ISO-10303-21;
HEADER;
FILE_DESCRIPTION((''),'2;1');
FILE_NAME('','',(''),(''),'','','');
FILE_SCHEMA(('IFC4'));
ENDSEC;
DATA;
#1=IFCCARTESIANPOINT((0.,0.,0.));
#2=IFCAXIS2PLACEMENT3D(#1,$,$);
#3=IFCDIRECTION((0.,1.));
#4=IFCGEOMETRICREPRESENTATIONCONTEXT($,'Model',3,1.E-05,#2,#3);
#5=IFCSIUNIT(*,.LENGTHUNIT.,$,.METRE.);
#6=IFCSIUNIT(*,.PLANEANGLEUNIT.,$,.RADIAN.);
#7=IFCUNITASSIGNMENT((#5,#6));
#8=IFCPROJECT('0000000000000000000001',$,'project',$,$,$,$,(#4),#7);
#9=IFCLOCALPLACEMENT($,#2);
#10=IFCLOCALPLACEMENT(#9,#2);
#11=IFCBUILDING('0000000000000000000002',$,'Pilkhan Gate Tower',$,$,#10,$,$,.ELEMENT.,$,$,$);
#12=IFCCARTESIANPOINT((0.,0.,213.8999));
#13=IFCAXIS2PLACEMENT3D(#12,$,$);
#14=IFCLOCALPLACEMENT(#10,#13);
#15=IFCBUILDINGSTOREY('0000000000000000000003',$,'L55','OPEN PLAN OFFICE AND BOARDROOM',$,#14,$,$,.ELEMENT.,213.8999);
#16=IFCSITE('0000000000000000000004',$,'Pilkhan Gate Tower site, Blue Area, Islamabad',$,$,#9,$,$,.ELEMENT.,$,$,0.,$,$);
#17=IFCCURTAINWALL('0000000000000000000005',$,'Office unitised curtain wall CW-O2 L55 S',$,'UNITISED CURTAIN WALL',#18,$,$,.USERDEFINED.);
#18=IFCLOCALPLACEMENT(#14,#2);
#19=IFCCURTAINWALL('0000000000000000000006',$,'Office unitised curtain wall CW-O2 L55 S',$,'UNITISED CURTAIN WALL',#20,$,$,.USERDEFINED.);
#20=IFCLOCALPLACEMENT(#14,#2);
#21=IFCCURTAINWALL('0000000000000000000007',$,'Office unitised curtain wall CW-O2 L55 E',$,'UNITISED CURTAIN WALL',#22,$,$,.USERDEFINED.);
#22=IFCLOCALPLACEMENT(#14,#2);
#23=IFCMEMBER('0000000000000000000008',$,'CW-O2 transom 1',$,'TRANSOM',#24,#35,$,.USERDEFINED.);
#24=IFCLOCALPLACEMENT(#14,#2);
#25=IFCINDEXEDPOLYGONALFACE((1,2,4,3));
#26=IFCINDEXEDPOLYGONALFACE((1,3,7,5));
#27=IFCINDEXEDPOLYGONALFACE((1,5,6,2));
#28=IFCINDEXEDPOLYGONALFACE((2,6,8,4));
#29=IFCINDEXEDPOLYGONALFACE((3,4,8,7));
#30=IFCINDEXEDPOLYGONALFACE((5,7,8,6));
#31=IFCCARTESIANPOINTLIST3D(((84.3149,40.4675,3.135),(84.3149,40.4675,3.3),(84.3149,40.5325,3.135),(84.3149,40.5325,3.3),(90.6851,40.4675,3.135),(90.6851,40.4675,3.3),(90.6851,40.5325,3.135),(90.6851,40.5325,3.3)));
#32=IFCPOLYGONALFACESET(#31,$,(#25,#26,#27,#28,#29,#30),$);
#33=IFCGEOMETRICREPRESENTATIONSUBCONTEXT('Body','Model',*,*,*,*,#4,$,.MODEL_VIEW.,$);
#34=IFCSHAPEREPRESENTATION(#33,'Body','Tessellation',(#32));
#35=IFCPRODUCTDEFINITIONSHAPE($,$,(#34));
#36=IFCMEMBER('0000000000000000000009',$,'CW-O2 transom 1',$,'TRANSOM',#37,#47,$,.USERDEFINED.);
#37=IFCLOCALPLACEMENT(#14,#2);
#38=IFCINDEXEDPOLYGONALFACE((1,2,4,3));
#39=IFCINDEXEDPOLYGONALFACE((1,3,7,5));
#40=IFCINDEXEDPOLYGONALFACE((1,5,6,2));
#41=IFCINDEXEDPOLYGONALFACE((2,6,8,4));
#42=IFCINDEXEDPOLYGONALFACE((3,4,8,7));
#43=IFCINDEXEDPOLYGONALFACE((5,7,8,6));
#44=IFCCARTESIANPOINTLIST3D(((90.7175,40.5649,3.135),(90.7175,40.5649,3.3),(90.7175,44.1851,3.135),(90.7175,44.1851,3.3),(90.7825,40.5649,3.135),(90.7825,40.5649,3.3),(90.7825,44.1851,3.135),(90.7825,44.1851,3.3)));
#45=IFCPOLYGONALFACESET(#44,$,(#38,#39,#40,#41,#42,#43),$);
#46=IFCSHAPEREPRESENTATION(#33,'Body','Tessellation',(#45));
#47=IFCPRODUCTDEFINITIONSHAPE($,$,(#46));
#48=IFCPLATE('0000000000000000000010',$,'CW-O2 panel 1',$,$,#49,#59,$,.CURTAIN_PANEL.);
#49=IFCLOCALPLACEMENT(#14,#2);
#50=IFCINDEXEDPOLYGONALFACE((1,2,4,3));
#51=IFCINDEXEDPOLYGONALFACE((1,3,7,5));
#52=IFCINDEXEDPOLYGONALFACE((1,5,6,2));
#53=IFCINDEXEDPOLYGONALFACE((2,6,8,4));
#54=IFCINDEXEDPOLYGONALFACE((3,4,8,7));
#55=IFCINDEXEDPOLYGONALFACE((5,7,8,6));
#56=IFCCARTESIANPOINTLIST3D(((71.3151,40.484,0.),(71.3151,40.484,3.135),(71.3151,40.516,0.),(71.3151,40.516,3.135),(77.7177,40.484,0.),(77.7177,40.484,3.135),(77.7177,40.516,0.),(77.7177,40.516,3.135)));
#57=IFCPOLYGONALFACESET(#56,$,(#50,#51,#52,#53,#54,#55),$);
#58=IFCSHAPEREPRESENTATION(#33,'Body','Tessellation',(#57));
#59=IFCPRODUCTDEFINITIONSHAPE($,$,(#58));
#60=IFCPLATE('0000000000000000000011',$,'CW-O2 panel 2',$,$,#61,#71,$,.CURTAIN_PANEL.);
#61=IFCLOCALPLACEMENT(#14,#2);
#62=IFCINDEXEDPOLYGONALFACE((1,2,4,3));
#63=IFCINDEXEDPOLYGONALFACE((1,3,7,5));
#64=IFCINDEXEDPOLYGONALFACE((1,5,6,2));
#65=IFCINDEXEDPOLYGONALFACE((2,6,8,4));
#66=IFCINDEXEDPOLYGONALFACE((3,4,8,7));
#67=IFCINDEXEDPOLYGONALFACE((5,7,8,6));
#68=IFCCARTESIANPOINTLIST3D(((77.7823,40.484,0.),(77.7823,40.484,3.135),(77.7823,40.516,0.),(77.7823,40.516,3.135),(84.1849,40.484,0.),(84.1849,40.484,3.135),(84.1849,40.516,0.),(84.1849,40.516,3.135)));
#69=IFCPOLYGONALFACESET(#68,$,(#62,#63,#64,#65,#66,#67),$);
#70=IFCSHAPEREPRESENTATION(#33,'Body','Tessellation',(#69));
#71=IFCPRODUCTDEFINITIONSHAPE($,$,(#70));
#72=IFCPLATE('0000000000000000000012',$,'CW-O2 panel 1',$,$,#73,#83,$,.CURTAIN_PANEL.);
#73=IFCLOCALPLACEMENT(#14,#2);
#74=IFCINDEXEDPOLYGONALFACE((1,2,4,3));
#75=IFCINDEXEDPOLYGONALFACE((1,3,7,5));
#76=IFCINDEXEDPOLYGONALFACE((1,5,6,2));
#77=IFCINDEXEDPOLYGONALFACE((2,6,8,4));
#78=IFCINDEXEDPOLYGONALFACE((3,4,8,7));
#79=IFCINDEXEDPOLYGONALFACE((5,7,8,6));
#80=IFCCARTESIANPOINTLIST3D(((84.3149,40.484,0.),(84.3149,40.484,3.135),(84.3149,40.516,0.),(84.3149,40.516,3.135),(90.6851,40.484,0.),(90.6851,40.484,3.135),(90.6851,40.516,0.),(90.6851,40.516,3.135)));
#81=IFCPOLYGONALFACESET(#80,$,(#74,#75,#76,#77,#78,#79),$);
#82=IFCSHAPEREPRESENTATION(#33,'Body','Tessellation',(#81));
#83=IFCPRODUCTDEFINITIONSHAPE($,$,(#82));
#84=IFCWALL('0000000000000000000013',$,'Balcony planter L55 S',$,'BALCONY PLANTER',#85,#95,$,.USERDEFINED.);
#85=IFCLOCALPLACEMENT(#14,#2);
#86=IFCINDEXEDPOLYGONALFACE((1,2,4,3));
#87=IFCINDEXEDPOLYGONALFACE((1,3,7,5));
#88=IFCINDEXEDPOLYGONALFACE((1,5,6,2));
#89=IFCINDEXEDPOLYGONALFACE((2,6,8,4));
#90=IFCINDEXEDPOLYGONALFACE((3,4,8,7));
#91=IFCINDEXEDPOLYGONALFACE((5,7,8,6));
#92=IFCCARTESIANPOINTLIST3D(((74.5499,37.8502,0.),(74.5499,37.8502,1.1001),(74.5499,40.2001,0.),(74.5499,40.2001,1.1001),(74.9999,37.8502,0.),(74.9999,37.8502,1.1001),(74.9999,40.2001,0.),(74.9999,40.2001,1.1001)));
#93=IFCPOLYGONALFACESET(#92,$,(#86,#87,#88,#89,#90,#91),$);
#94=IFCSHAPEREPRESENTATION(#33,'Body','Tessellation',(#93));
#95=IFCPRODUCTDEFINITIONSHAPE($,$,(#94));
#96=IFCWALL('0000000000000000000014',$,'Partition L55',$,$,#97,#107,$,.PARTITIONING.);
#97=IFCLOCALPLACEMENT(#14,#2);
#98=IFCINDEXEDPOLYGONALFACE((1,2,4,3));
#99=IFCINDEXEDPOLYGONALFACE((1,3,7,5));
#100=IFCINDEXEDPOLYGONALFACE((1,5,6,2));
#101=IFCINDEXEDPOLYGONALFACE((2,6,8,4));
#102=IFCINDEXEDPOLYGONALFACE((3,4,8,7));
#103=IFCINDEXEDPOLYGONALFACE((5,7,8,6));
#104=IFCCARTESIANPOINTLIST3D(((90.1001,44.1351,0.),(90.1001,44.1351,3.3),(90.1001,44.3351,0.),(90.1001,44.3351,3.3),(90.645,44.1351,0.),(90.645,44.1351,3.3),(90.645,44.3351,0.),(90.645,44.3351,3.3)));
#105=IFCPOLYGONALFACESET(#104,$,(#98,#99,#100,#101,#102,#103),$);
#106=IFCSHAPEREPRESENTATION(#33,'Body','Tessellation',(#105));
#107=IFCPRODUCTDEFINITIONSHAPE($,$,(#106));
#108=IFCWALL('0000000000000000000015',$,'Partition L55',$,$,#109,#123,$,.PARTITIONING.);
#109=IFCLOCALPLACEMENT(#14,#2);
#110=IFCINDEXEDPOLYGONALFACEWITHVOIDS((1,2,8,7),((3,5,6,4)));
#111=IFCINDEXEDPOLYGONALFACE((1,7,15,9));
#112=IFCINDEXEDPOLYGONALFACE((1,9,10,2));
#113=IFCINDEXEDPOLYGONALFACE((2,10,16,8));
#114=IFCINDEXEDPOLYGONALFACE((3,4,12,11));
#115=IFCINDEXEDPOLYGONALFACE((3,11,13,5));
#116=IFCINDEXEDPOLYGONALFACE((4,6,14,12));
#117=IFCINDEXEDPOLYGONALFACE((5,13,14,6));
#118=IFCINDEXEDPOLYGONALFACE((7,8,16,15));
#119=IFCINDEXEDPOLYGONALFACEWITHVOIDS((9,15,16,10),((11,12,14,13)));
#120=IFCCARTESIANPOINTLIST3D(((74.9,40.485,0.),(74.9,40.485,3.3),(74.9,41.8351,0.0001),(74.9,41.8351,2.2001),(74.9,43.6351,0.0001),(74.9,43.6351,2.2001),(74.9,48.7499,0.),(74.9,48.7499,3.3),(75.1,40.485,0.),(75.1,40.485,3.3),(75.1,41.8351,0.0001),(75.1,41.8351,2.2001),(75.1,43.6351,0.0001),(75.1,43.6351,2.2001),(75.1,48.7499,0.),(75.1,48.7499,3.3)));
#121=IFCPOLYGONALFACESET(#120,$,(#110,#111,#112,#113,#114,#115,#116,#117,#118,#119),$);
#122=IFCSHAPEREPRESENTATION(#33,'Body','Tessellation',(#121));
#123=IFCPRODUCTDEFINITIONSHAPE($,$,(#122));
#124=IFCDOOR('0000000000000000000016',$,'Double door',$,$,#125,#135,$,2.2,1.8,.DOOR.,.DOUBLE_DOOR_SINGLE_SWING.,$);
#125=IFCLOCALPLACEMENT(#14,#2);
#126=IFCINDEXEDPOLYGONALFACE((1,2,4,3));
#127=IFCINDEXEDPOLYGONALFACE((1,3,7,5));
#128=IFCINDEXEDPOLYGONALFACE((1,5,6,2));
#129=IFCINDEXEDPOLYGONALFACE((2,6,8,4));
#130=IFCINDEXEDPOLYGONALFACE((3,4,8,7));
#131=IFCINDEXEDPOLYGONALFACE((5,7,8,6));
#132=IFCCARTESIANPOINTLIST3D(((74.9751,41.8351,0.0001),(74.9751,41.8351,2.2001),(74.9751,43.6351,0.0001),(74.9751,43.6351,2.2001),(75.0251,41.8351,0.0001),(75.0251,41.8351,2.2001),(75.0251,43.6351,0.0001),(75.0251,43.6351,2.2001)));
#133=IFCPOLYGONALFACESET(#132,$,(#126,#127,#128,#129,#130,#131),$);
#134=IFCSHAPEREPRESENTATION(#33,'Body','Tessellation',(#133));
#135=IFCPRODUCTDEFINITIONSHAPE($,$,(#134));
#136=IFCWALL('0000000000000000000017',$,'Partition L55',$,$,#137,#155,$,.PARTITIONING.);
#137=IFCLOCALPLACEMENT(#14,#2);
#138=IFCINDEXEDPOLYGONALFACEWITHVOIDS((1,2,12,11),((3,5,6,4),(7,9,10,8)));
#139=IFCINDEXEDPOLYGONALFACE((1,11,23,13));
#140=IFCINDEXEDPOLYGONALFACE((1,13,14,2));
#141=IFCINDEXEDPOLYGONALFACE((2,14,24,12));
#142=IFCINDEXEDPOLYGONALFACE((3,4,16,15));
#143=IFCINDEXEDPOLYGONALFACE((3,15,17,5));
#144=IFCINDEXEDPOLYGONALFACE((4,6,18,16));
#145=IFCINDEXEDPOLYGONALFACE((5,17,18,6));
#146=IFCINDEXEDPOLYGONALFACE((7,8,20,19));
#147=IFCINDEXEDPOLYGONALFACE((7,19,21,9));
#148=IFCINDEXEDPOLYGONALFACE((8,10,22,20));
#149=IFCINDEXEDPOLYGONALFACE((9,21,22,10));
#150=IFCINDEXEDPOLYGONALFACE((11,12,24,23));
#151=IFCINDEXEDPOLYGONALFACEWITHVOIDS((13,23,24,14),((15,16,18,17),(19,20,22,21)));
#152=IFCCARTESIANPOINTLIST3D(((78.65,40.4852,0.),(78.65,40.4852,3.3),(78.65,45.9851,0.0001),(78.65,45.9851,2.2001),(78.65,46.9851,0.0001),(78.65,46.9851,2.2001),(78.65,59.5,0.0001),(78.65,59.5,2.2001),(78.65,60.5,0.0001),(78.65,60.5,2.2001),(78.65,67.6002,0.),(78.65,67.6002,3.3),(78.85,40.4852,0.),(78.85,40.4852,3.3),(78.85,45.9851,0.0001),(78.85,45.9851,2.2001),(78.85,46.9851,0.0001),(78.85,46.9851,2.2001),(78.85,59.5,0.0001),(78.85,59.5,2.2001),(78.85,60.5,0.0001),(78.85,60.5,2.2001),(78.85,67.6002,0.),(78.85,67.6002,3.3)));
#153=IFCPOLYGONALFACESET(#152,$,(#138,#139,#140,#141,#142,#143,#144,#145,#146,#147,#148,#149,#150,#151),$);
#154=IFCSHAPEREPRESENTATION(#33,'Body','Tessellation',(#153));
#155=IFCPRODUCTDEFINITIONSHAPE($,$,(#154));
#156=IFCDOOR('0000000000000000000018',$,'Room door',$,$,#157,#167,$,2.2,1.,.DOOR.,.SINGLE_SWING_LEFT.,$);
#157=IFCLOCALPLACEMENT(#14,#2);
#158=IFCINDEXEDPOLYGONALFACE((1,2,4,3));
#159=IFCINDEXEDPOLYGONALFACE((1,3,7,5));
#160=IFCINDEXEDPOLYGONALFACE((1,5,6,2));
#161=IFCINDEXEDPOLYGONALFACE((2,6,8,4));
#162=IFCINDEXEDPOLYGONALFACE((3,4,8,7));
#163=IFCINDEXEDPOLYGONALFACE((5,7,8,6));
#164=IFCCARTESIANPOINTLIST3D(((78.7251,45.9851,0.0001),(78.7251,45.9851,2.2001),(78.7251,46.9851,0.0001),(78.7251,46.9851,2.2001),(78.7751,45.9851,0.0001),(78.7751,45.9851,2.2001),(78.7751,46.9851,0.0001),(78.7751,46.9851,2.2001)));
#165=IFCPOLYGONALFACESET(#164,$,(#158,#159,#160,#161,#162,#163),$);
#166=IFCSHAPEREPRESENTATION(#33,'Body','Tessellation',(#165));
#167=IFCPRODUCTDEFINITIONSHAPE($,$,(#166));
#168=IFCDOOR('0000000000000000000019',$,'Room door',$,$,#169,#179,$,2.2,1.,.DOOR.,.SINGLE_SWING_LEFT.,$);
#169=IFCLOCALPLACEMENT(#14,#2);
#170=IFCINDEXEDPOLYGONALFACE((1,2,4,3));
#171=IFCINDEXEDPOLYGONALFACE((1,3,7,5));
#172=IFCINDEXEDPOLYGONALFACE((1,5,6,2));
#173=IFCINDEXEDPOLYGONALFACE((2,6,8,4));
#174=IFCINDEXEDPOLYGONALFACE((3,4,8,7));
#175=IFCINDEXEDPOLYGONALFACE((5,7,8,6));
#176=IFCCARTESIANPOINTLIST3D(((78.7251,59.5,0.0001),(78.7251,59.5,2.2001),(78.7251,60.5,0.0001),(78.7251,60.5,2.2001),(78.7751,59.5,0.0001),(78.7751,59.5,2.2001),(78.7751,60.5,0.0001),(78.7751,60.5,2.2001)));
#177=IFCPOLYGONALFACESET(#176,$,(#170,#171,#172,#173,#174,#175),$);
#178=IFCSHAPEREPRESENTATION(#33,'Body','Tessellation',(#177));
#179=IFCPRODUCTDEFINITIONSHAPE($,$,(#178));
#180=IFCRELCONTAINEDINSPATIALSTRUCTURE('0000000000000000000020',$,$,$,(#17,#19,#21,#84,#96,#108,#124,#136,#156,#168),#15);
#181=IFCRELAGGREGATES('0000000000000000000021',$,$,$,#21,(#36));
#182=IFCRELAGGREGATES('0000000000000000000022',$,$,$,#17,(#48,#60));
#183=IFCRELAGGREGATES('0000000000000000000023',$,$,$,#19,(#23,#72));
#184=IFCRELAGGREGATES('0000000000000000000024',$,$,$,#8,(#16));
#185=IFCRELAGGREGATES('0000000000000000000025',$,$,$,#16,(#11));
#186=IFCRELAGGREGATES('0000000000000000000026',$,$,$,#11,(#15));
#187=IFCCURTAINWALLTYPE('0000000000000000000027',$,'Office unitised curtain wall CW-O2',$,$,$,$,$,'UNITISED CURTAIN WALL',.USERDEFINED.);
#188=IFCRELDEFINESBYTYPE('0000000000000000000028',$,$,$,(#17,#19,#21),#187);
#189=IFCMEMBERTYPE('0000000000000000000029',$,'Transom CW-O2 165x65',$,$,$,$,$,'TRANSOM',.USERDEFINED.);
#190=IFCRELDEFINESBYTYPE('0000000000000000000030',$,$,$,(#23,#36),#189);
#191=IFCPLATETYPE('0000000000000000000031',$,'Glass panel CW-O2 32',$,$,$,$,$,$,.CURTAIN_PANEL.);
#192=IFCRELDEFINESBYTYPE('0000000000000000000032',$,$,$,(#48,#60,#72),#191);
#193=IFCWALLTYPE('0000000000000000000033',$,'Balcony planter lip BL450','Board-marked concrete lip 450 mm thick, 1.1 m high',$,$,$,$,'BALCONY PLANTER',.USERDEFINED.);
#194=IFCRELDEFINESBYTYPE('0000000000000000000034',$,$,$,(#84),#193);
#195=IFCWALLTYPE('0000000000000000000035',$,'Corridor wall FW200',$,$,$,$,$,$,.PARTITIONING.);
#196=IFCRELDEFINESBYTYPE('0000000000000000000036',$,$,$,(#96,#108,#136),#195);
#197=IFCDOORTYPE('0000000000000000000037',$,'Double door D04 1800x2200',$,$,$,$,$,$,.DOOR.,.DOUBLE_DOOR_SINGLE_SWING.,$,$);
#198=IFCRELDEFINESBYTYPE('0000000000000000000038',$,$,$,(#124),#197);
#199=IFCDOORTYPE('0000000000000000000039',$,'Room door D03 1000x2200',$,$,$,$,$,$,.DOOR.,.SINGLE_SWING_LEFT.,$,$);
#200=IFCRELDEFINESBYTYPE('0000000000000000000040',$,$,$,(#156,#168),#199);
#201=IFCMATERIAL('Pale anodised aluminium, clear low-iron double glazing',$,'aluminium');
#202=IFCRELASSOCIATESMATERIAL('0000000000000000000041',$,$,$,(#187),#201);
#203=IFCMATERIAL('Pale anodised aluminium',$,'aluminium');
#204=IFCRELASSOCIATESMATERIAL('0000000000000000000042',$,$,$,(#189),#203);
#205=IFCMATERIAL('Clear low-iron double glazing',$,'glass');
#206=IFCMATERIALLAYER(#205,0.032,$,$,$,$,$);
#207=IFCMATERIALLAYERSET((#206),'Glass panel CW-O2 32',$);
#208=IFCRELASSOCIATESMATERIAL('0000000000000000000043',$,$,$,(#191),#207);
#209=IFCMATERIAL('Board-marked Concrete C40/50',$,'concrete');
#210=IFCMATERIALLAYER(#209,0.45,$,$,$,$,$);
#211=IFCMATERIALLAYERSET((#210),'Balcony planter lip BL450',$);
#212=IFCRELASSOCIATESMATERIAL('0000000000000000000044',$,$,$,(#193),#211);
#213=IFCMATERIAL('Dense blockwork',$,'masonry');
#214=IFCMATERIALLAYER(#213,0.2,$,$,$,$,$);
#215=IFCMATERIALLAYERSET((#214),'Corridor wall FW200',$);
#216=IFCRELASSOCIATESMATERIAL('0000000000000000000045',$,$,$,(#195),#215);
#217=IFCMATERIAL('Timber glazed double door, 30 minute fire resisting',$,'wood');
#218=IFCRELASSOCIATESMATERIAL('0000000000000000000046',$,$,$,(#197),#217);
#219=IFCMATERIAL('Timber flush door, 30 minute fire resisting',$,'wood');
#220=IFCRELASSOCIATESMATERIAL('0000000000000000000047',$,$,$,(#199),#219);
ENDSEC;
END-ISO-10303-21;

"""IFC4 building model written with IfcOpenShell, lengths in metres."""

from ifc_helpers import new_model, si_unit, direction, frame, frame_2d, origin, origin_2d, place, context, subcontext, project, spatial, rectangle, extrude, material, layer, layer_set, material_profile, profile_set, type_object, element, fill, aggregate, save


model = new_model("IFC4")

# Units and contexts
model_context = context("Model", 3, precision=1e-05, world=origin(), true_north=direction((0.0, 1.0)))
body_context = subcontext(model_context, "Body", "Model", "MODEL_VIEW")
ifc_project = project(units=[si_unit("LENGTHUNIT", "METRE"), si_unit("PLANEANGLEUNIT", "RADIAN")], contexts=[model_context])

# Site, building, storey
site_placement = place(None, origin())
site = spatial("IfcSite", under=ifc_project, at=site_placement, Name="Pilkhan Gate Tower site, Blue Area, Islamabad", CompositionType="ELEMENT", RefElevation=0.0)
building_placement = place(site_placement, origin())
building = spatial("IfcBuilding", under=site, at=building_placement, Name="Pilkhan Gate Tower", CompositionType="ELEMENT")
storey_placement = place(building_placement, frame((0.0, 0.0, 213.8999)))
storey = spatial("IfcBuildingStorey", under=building, at=storey_placement, Name="L55", Description="OPEN PLAN OFFICE AND BOARDROOM", CompositionType="ELEMENT", Elevation=213.8999)

# Curtain walls
ifc_material_1 = material(Name="Pale anodised aluminium, clear low-iron double glazing", Category="aluminium")
curtain_wall_type = type_object("IfcCurtainWallType", Name="Office unitised curtain wall CW-O2", ElementType="UNITISED CURTAIN WALL", PredefinedType="USERDEFINED", material=ifc_material_1)
curtain_wall_1_placement = place(storey_placement, origin())
curtain_wall_1 = element("IfcCurtainWall", 1, at=curtain_wall_1_placement, inside=storey, type_object=curtain_wall_type, Name="Office unitised curtain wall CW-O2 L55 S", ObjectType="UNITISED CURTAIN WALL", PredefinedType="USERDEFINED")
ifc_material_2 = material(Name="Pale anodised aluminium", Category="aluminium")
curtain_wall_2_placement = place(storey_placement, origin())
curtain_wall_2 = element("IfcCurtainWall", 2, at=curtain_wall_2_placement, inside=storey, type_object=curtain_wall_type, Name="Office unitised curtain wall CW-O2 L55 S", ObjectType="UNITISED CURTAIN WALL", PredefinedType="USERDEFINED")

# Curtain wall
curtain_wall_3_placement = place(storey_placement, origin())
curtain_wall_3 = element("IfcCurtainWall", 3, at=curtain_wall_3_placement, inside=storey, type_object=curtain_wall_type, Name="Office unitised curtain wall CW-O2 L55 E", ObjectType="UNITISED CURTAIN WALL", PredefinedType="USERDEFINED")

# Members
ifc_material_profile_1 = material_profile(ifc_material_2, rectangle(XDim=0.0649, YDim=0.165, at=origin_2d()), Name="Transom 165x65")
ifc_profile_set_1 = profile_set([ifc_material_profile_1], Name="Pale anodised aluminium")
member_type_1 = type_object("IfcMemberType", Name="Transom CW-O2 165x65", ElementType="TRANSOM", PredefinedType="USERDEFINED", material=ifc_profile_set_1)
member_1_placement = place(storey_placement, frame((84.3149, 40.5, 3.2175), z_axis=(1.0, 0.0, 0.0), x_axis=(0.0, 1.0, 0.0)))
member_1 = element("IfcMember", 4, at=member_1_placement, type_object=member_type_1, Name="CW-O2 transom 1", ObjectType="TRANSOM", PredefinedType="USERDEFINED", context=body_context, shape_type="SweptSolid", body=[
    extrude(rectangle(XDim=0.0649, YDim=0.165, at=origin_2d()), origin(), (0.0, 0.0, 1.0), 6.3701),
])
member_2_placement = place(storey_placement, frame((90.75, 40.5649, 3.2175), z_axis=(0.0, 1.0, 0.0), x_axis=(-1.0, 0.0, 0.0)))
member_2 = element("IfcMember", 5, at=member_2_placement, type_object=member_type_1, Name="CW-O2 transom 1", ObjectType="TRANSOM", PredefinedType="USERDEFINED", context=body_context, shape_type="SweptSolid", body=[
    extrude(rectangle(XDim=0.0649, YDim=0.165, at=origin_2d()), origin(), (0.0, 0.0, 1.0), 3.6201),
])
aggregate(curtain_wall_3, [member_2])

# Plates
ifc_material_3 = material(Name="Clear low-iron double glazing", Category="glass")
ifc_layer_1 = layer(ifc_material_3, 0.032)
ifc_layer_set_1 = layer_set([ifc_layer_1], Name="Glass panel CW-O2 32")
plate_type = type_object("IfcPlateType", Name="Glass panel CW-O2 32", PredefinedType="CURTAIN_PANEL", material=ifc_layer_set_1)
plate_1_placement = place(storey_placement, frame((74.5164, 40.5, 0.0), z_axis=(0.0, 0.0, 1.0), x_axis=(1.0, 0.0, 0.0)))
plate_1 = element("IfcPlate", 6, at=plate_1_placement, type_object=plate_type, Name="CW-O2 panel 1", PredefinedType="CURTAIN_PANEL", context=body_context, shape_type="SweptSolid", body=[
    extrude(rectangle(XDim=6.4026, YDim=0.032, at=origin_2d()), origin(), (0.0, 0.0, 1.0), 3.135),
])
plate_2_placement = place(storey_placement, frame((80.9836, 40.5, 0.0), z_axis=(0.0, 0.0, 1.0), x_axis=(1.0, 0.0, 0.0)))
plate_2 = element("IfcPlate", 7, at=plate_2_placement, type_object=plate_type, Name="CW-O2 panel 2", PredefinedType="CURTAIN_PANEL", context=body_context, shape_type="SweptSolid", body=[
    extrude(rectangle(XDim=6.4026, YDim=0.032, at=origin_2d()), origin(), (0.0, 0.0, 1.0), 3.135),
])
aggregate(curtain_wall_1, [plate_1, plate_2])
plate_3_placement = place(storey_placement, frame((87.5, 40.5, 0.0), z_axis=(0.0, 0.0, 1.0), x_axis=(1.0, 0.0, 0.0)))
plate_3 = element("IfcPlate", 8, at=plate_3_placement, type_object=plate_type, Name="CW-O2 panel 1", PredefinedType="CURTAIN_PANEL", context=body_context, shape_type="SweptSolid", body=[
    extrude(rectangle(XDim=6.3701, YDim=0.032, at=origin_2d()), origin(), (0.0, 0.0, 1.0), 3.135),
])
aggregate(curtain_wall_2, [member_1, plate_3])

# Walls
ifc_material_4 = material(Name="Board-marked Concrete C40/50", Category="concrete")
ifc_layer_2 = layer(ifc_material_4, 0.45)
ifc_layer_set_2 = layer_set([ifc_layer_2], Name="Balcony planter lip BL450")
wall_type_1 = type_object("IfcWallType", Name="Balcony planter lip BL450", Description="Board-marked concrete lip 450 mm thick, 1.1 m high", ElementType="BALCONY PLANTER", PredefinedType="USERDEFINED", material=ifc_layer_set_2)
wall_1_placement = place(storey_placement, frame((74.7749, 40.2, 0.0), z_axis=(0.0, 0.0, 1.0), x_axis=(0.0, -1.0, 0.0)))
element("IfcWall", 9, at=wall_1_placement, inside=storey, type_object=wall_type_1, Name="Balcony planter L55 S", ObjectType="BALCONY PLANTER", PredefinedType="USERDEFINED", context=body_context, shape_type="SweptSolid", body=[
    extrude(rectangle(XDim=2.3499, YDim=0.45, at=frame_2d((1.1748, 0.0))), origin(), (0.0, 0.0, 1.0), 1.1001),
])
ifc_material_5 = material(Name="Dense blockwork", Category="masonry")
ifc_layer_3 = layer(ifc_material_5, 0.2)
ifc_layer_set_3 = layer_set([ifc_layer_3], Name="Corridor wall FW200")
wall_type_2 = type_object("IfcWallType", Name="Corridor wall FW200", PredefinedType="PARTITIONING", material=ifc_layer_set_3)
wall_2_placement = place(storey_placement, frame((90.1001, 44.2351, 0.0), z_axis=(0.0, 0.0, 1.0), x_axis=(1.0, 0.0, 0.0)))
element("IfcWall", 10, at=wall_2_placement, inside=storey, type_object=wall_type_2, Name="Partition L55", PredefinedType="PARTITIONING", context=body_context, shape_type="SweptSolid", body=[
    extrude(rectangle(XDim=0.5449, YDim=0.2, at=frame_2d((0.2725, 0.0))), origin(), (0.0, 0.0, 1.0), 3.3),
])

# Wall, opening, door
wall_3_placement = place(storey_placement, frame((75.0, 40.4851, 0.0), z_axis=(0.0, 0.0, 1.0), x_axis=(0.0, 1.0, 0.0)))
wall_3 = element("IfcWall", 11, at=wall_3_placement, inside=storey, type_object=wall_type_2, Name="Partition L55", PredefinedType="PARTITIONING", context=body_context, shape_type="SweptSolid", body=[
    extrude(rectangle(XDim=8.2649, YDim=0.2, at=frame_2d((4.1323, 0.0))), origin(), (0.0, 0.0, 1.0), 3.3),
])
opening_1_placement = place(wall_3_placement, frame((1.3501, 0.0, 0.0)))
opening_1 = element("IfcOpeningElement", 12, at=opening_1_placement, cuts=wall_3, PredefinedType="OPENING", context=body_context, shape_type="SweptSolid", body=[
    extrude(rectangle(XDim=1.8, YDim=2.2, at=frame_2d((0.8999, 1.1001))), frame((0.0, 0.1099, 0.0), z_axis=(0.0, -1.0, 0.0), x_axis=(1.0, 0.0, 0.0)), (0.0, 0.0, 1.0), 0.22),
])
ifc_material_6 = material(Name="Timber glazed double door, 30 minute fire resisting", Category="wood")
door_type_1 = type_object("IfcDoorType", Name="Double door D04 1800x2200", OperationType="DOUBLE_DOOR_SINGLE_SWING", PredefinedType="DOOR", material=ifc_material_6)
door_1_placement = place(opening_1_placement, origin())
door_1 = element("IfcDoor", 13, at=door_1_placement, inside=storey, type_object=door_type_1, Name="Double door", OperationType="DOUBLE_DOOR_SINGLE_SWING", OverallHeight=2.2, OverallWidth=1.8, PredefinedType="DOOR", context=body_context, shape_type="SweptSolid", body=[
    extrude(rectangle(XDim=1.8, YDim=2.2, at=frame_2d((0.8999, 1.1001))), frame((0.0, 0.0249, 0.0), z_axis=(0.0, -1.0, 0.0), x_axis=(1.0, 0.0, 0.0)), (0.0, 0.0, 1.0), 0.05),
])
fill(opening_1, door_1)

# Wall, openings, doors
wall_4_placement = place(storey_placement, frame((78.75, 40.4851, 0.0), z_axis=(0.0, 0.0, 1.0), x_axis=(0.0, 1.0, 0.0)))
wall_4 = element("IfcWall", 14, at=wall_4_placement, inside=storey, type_object=wall_type_2, Name="Partition L55", PredefinedType="PARTITIONING", context=body_context, shape_type="SweptSolid", body=[
    extrude(rectangle(XDim=27.115, YDim=0.2, at=frame_2d((13.5576, 0.0))), origin(), (0.0, 0.0, 1.0), 3.3),
])
opening_2_placement = place(wall_4_placement, frame((5.5, 0.0, 0.0)))
opening_2 = element("IfcOpeningElement", 15, at=opening_2_placement, cuts=wall_4, PredefinedType="OPENING", context=body_context, shape_type="SweptSolid", body=[
    extrude(rectangle(XDim=1.0, YDim=2.2, at=frame_2d((0.5, 1.1001))), frame((0.0, 0.1099, 0.0), z_axis=(0.0, -1.0, 0.0), x_axis=(1.0, 0.0, 0.0)), (0.0, 0.0, 1.0), 0.22),
])
opening_3_placement = place(wall_4_placement, frame((19.0149, 0.0, 0.0)))
opening_3 = element("IfcOpeningElement", 16, at=opening_3_placement, cuts=wall_4, PredefinedType="OPENING", context=body_context, shape_type="SweptSolid", body=[
    extrude(rectangle(XDim=1.0, YDim=2.2, at=frame_2d((0.5, 1.1001))), frame((0.0, 0.1099, 0.0), z_axis=(0.0, -1.0, 0.0), x_axis=(1.0, 0.0, 0.0)), (0.0, 0.0, 1.0), 0.22),
])
ifc_material_7 = material(Name="Timber flush door, 30 minute fire resisting", Category="wood")
door_type_2 = type_object("IfcDoorType", Name="Room door D03 1000x2200", OperationType="SINGLE_SWING_LEFT", PredefinedType="DOOR", material=ifc_material_7)
door_2_placement = place(opening_2_placement, origin())
door_2 = element("IfcDoor", 17, at=door_2_placement, inside=storey, type_object=door_type_2, Name="Room door", OperationType="SINGLE_SWING_LEFT", OverallHeight=2.2, OverallWidth=1.0, PredefinedType="DOOR", context=body_context, shape_type="SweptSolid", body=[
    extrude(rectangle(XDim=1.0, YDim=2.2, at=frame_2d((0.5, 1.1001))), frame((0.0, 0.0249, 0.0), z_axis=(0.0, -1.0, 0.0), x_axis=(1.0, 0.0, 0.0)), (0.0, 0.0, 1.0), 0.05),
])
fill(opening_2, door_2)
door_3_placement = place(opening_3_placement, origin())
door_3 = element("IfcDoor", 18, at=door_3_placement, inside=storey, type_object=door_type_2, Name="Room door", OperationType="SINGLE_SWING_LEFT", OverallHeight=2.2, OverallWidth=1.0, PredefinedType="DOOR", context=body_context, shape_type="SweptSolid", body=[
    extrude(rectangle(XDim=1.0, YDim=2.2, at=frame_2d((0.5, 1.1001))), frame((0.0, 0.0249, 0.0), z_axis=(0.0, -1.0, 0.0), x_axis=(1.0, 0.0, 0.0)), (0.0, 0.0, 1.0), 0.05),
])
fill(opening_3, door_3)

save(model, "model.ifc")
